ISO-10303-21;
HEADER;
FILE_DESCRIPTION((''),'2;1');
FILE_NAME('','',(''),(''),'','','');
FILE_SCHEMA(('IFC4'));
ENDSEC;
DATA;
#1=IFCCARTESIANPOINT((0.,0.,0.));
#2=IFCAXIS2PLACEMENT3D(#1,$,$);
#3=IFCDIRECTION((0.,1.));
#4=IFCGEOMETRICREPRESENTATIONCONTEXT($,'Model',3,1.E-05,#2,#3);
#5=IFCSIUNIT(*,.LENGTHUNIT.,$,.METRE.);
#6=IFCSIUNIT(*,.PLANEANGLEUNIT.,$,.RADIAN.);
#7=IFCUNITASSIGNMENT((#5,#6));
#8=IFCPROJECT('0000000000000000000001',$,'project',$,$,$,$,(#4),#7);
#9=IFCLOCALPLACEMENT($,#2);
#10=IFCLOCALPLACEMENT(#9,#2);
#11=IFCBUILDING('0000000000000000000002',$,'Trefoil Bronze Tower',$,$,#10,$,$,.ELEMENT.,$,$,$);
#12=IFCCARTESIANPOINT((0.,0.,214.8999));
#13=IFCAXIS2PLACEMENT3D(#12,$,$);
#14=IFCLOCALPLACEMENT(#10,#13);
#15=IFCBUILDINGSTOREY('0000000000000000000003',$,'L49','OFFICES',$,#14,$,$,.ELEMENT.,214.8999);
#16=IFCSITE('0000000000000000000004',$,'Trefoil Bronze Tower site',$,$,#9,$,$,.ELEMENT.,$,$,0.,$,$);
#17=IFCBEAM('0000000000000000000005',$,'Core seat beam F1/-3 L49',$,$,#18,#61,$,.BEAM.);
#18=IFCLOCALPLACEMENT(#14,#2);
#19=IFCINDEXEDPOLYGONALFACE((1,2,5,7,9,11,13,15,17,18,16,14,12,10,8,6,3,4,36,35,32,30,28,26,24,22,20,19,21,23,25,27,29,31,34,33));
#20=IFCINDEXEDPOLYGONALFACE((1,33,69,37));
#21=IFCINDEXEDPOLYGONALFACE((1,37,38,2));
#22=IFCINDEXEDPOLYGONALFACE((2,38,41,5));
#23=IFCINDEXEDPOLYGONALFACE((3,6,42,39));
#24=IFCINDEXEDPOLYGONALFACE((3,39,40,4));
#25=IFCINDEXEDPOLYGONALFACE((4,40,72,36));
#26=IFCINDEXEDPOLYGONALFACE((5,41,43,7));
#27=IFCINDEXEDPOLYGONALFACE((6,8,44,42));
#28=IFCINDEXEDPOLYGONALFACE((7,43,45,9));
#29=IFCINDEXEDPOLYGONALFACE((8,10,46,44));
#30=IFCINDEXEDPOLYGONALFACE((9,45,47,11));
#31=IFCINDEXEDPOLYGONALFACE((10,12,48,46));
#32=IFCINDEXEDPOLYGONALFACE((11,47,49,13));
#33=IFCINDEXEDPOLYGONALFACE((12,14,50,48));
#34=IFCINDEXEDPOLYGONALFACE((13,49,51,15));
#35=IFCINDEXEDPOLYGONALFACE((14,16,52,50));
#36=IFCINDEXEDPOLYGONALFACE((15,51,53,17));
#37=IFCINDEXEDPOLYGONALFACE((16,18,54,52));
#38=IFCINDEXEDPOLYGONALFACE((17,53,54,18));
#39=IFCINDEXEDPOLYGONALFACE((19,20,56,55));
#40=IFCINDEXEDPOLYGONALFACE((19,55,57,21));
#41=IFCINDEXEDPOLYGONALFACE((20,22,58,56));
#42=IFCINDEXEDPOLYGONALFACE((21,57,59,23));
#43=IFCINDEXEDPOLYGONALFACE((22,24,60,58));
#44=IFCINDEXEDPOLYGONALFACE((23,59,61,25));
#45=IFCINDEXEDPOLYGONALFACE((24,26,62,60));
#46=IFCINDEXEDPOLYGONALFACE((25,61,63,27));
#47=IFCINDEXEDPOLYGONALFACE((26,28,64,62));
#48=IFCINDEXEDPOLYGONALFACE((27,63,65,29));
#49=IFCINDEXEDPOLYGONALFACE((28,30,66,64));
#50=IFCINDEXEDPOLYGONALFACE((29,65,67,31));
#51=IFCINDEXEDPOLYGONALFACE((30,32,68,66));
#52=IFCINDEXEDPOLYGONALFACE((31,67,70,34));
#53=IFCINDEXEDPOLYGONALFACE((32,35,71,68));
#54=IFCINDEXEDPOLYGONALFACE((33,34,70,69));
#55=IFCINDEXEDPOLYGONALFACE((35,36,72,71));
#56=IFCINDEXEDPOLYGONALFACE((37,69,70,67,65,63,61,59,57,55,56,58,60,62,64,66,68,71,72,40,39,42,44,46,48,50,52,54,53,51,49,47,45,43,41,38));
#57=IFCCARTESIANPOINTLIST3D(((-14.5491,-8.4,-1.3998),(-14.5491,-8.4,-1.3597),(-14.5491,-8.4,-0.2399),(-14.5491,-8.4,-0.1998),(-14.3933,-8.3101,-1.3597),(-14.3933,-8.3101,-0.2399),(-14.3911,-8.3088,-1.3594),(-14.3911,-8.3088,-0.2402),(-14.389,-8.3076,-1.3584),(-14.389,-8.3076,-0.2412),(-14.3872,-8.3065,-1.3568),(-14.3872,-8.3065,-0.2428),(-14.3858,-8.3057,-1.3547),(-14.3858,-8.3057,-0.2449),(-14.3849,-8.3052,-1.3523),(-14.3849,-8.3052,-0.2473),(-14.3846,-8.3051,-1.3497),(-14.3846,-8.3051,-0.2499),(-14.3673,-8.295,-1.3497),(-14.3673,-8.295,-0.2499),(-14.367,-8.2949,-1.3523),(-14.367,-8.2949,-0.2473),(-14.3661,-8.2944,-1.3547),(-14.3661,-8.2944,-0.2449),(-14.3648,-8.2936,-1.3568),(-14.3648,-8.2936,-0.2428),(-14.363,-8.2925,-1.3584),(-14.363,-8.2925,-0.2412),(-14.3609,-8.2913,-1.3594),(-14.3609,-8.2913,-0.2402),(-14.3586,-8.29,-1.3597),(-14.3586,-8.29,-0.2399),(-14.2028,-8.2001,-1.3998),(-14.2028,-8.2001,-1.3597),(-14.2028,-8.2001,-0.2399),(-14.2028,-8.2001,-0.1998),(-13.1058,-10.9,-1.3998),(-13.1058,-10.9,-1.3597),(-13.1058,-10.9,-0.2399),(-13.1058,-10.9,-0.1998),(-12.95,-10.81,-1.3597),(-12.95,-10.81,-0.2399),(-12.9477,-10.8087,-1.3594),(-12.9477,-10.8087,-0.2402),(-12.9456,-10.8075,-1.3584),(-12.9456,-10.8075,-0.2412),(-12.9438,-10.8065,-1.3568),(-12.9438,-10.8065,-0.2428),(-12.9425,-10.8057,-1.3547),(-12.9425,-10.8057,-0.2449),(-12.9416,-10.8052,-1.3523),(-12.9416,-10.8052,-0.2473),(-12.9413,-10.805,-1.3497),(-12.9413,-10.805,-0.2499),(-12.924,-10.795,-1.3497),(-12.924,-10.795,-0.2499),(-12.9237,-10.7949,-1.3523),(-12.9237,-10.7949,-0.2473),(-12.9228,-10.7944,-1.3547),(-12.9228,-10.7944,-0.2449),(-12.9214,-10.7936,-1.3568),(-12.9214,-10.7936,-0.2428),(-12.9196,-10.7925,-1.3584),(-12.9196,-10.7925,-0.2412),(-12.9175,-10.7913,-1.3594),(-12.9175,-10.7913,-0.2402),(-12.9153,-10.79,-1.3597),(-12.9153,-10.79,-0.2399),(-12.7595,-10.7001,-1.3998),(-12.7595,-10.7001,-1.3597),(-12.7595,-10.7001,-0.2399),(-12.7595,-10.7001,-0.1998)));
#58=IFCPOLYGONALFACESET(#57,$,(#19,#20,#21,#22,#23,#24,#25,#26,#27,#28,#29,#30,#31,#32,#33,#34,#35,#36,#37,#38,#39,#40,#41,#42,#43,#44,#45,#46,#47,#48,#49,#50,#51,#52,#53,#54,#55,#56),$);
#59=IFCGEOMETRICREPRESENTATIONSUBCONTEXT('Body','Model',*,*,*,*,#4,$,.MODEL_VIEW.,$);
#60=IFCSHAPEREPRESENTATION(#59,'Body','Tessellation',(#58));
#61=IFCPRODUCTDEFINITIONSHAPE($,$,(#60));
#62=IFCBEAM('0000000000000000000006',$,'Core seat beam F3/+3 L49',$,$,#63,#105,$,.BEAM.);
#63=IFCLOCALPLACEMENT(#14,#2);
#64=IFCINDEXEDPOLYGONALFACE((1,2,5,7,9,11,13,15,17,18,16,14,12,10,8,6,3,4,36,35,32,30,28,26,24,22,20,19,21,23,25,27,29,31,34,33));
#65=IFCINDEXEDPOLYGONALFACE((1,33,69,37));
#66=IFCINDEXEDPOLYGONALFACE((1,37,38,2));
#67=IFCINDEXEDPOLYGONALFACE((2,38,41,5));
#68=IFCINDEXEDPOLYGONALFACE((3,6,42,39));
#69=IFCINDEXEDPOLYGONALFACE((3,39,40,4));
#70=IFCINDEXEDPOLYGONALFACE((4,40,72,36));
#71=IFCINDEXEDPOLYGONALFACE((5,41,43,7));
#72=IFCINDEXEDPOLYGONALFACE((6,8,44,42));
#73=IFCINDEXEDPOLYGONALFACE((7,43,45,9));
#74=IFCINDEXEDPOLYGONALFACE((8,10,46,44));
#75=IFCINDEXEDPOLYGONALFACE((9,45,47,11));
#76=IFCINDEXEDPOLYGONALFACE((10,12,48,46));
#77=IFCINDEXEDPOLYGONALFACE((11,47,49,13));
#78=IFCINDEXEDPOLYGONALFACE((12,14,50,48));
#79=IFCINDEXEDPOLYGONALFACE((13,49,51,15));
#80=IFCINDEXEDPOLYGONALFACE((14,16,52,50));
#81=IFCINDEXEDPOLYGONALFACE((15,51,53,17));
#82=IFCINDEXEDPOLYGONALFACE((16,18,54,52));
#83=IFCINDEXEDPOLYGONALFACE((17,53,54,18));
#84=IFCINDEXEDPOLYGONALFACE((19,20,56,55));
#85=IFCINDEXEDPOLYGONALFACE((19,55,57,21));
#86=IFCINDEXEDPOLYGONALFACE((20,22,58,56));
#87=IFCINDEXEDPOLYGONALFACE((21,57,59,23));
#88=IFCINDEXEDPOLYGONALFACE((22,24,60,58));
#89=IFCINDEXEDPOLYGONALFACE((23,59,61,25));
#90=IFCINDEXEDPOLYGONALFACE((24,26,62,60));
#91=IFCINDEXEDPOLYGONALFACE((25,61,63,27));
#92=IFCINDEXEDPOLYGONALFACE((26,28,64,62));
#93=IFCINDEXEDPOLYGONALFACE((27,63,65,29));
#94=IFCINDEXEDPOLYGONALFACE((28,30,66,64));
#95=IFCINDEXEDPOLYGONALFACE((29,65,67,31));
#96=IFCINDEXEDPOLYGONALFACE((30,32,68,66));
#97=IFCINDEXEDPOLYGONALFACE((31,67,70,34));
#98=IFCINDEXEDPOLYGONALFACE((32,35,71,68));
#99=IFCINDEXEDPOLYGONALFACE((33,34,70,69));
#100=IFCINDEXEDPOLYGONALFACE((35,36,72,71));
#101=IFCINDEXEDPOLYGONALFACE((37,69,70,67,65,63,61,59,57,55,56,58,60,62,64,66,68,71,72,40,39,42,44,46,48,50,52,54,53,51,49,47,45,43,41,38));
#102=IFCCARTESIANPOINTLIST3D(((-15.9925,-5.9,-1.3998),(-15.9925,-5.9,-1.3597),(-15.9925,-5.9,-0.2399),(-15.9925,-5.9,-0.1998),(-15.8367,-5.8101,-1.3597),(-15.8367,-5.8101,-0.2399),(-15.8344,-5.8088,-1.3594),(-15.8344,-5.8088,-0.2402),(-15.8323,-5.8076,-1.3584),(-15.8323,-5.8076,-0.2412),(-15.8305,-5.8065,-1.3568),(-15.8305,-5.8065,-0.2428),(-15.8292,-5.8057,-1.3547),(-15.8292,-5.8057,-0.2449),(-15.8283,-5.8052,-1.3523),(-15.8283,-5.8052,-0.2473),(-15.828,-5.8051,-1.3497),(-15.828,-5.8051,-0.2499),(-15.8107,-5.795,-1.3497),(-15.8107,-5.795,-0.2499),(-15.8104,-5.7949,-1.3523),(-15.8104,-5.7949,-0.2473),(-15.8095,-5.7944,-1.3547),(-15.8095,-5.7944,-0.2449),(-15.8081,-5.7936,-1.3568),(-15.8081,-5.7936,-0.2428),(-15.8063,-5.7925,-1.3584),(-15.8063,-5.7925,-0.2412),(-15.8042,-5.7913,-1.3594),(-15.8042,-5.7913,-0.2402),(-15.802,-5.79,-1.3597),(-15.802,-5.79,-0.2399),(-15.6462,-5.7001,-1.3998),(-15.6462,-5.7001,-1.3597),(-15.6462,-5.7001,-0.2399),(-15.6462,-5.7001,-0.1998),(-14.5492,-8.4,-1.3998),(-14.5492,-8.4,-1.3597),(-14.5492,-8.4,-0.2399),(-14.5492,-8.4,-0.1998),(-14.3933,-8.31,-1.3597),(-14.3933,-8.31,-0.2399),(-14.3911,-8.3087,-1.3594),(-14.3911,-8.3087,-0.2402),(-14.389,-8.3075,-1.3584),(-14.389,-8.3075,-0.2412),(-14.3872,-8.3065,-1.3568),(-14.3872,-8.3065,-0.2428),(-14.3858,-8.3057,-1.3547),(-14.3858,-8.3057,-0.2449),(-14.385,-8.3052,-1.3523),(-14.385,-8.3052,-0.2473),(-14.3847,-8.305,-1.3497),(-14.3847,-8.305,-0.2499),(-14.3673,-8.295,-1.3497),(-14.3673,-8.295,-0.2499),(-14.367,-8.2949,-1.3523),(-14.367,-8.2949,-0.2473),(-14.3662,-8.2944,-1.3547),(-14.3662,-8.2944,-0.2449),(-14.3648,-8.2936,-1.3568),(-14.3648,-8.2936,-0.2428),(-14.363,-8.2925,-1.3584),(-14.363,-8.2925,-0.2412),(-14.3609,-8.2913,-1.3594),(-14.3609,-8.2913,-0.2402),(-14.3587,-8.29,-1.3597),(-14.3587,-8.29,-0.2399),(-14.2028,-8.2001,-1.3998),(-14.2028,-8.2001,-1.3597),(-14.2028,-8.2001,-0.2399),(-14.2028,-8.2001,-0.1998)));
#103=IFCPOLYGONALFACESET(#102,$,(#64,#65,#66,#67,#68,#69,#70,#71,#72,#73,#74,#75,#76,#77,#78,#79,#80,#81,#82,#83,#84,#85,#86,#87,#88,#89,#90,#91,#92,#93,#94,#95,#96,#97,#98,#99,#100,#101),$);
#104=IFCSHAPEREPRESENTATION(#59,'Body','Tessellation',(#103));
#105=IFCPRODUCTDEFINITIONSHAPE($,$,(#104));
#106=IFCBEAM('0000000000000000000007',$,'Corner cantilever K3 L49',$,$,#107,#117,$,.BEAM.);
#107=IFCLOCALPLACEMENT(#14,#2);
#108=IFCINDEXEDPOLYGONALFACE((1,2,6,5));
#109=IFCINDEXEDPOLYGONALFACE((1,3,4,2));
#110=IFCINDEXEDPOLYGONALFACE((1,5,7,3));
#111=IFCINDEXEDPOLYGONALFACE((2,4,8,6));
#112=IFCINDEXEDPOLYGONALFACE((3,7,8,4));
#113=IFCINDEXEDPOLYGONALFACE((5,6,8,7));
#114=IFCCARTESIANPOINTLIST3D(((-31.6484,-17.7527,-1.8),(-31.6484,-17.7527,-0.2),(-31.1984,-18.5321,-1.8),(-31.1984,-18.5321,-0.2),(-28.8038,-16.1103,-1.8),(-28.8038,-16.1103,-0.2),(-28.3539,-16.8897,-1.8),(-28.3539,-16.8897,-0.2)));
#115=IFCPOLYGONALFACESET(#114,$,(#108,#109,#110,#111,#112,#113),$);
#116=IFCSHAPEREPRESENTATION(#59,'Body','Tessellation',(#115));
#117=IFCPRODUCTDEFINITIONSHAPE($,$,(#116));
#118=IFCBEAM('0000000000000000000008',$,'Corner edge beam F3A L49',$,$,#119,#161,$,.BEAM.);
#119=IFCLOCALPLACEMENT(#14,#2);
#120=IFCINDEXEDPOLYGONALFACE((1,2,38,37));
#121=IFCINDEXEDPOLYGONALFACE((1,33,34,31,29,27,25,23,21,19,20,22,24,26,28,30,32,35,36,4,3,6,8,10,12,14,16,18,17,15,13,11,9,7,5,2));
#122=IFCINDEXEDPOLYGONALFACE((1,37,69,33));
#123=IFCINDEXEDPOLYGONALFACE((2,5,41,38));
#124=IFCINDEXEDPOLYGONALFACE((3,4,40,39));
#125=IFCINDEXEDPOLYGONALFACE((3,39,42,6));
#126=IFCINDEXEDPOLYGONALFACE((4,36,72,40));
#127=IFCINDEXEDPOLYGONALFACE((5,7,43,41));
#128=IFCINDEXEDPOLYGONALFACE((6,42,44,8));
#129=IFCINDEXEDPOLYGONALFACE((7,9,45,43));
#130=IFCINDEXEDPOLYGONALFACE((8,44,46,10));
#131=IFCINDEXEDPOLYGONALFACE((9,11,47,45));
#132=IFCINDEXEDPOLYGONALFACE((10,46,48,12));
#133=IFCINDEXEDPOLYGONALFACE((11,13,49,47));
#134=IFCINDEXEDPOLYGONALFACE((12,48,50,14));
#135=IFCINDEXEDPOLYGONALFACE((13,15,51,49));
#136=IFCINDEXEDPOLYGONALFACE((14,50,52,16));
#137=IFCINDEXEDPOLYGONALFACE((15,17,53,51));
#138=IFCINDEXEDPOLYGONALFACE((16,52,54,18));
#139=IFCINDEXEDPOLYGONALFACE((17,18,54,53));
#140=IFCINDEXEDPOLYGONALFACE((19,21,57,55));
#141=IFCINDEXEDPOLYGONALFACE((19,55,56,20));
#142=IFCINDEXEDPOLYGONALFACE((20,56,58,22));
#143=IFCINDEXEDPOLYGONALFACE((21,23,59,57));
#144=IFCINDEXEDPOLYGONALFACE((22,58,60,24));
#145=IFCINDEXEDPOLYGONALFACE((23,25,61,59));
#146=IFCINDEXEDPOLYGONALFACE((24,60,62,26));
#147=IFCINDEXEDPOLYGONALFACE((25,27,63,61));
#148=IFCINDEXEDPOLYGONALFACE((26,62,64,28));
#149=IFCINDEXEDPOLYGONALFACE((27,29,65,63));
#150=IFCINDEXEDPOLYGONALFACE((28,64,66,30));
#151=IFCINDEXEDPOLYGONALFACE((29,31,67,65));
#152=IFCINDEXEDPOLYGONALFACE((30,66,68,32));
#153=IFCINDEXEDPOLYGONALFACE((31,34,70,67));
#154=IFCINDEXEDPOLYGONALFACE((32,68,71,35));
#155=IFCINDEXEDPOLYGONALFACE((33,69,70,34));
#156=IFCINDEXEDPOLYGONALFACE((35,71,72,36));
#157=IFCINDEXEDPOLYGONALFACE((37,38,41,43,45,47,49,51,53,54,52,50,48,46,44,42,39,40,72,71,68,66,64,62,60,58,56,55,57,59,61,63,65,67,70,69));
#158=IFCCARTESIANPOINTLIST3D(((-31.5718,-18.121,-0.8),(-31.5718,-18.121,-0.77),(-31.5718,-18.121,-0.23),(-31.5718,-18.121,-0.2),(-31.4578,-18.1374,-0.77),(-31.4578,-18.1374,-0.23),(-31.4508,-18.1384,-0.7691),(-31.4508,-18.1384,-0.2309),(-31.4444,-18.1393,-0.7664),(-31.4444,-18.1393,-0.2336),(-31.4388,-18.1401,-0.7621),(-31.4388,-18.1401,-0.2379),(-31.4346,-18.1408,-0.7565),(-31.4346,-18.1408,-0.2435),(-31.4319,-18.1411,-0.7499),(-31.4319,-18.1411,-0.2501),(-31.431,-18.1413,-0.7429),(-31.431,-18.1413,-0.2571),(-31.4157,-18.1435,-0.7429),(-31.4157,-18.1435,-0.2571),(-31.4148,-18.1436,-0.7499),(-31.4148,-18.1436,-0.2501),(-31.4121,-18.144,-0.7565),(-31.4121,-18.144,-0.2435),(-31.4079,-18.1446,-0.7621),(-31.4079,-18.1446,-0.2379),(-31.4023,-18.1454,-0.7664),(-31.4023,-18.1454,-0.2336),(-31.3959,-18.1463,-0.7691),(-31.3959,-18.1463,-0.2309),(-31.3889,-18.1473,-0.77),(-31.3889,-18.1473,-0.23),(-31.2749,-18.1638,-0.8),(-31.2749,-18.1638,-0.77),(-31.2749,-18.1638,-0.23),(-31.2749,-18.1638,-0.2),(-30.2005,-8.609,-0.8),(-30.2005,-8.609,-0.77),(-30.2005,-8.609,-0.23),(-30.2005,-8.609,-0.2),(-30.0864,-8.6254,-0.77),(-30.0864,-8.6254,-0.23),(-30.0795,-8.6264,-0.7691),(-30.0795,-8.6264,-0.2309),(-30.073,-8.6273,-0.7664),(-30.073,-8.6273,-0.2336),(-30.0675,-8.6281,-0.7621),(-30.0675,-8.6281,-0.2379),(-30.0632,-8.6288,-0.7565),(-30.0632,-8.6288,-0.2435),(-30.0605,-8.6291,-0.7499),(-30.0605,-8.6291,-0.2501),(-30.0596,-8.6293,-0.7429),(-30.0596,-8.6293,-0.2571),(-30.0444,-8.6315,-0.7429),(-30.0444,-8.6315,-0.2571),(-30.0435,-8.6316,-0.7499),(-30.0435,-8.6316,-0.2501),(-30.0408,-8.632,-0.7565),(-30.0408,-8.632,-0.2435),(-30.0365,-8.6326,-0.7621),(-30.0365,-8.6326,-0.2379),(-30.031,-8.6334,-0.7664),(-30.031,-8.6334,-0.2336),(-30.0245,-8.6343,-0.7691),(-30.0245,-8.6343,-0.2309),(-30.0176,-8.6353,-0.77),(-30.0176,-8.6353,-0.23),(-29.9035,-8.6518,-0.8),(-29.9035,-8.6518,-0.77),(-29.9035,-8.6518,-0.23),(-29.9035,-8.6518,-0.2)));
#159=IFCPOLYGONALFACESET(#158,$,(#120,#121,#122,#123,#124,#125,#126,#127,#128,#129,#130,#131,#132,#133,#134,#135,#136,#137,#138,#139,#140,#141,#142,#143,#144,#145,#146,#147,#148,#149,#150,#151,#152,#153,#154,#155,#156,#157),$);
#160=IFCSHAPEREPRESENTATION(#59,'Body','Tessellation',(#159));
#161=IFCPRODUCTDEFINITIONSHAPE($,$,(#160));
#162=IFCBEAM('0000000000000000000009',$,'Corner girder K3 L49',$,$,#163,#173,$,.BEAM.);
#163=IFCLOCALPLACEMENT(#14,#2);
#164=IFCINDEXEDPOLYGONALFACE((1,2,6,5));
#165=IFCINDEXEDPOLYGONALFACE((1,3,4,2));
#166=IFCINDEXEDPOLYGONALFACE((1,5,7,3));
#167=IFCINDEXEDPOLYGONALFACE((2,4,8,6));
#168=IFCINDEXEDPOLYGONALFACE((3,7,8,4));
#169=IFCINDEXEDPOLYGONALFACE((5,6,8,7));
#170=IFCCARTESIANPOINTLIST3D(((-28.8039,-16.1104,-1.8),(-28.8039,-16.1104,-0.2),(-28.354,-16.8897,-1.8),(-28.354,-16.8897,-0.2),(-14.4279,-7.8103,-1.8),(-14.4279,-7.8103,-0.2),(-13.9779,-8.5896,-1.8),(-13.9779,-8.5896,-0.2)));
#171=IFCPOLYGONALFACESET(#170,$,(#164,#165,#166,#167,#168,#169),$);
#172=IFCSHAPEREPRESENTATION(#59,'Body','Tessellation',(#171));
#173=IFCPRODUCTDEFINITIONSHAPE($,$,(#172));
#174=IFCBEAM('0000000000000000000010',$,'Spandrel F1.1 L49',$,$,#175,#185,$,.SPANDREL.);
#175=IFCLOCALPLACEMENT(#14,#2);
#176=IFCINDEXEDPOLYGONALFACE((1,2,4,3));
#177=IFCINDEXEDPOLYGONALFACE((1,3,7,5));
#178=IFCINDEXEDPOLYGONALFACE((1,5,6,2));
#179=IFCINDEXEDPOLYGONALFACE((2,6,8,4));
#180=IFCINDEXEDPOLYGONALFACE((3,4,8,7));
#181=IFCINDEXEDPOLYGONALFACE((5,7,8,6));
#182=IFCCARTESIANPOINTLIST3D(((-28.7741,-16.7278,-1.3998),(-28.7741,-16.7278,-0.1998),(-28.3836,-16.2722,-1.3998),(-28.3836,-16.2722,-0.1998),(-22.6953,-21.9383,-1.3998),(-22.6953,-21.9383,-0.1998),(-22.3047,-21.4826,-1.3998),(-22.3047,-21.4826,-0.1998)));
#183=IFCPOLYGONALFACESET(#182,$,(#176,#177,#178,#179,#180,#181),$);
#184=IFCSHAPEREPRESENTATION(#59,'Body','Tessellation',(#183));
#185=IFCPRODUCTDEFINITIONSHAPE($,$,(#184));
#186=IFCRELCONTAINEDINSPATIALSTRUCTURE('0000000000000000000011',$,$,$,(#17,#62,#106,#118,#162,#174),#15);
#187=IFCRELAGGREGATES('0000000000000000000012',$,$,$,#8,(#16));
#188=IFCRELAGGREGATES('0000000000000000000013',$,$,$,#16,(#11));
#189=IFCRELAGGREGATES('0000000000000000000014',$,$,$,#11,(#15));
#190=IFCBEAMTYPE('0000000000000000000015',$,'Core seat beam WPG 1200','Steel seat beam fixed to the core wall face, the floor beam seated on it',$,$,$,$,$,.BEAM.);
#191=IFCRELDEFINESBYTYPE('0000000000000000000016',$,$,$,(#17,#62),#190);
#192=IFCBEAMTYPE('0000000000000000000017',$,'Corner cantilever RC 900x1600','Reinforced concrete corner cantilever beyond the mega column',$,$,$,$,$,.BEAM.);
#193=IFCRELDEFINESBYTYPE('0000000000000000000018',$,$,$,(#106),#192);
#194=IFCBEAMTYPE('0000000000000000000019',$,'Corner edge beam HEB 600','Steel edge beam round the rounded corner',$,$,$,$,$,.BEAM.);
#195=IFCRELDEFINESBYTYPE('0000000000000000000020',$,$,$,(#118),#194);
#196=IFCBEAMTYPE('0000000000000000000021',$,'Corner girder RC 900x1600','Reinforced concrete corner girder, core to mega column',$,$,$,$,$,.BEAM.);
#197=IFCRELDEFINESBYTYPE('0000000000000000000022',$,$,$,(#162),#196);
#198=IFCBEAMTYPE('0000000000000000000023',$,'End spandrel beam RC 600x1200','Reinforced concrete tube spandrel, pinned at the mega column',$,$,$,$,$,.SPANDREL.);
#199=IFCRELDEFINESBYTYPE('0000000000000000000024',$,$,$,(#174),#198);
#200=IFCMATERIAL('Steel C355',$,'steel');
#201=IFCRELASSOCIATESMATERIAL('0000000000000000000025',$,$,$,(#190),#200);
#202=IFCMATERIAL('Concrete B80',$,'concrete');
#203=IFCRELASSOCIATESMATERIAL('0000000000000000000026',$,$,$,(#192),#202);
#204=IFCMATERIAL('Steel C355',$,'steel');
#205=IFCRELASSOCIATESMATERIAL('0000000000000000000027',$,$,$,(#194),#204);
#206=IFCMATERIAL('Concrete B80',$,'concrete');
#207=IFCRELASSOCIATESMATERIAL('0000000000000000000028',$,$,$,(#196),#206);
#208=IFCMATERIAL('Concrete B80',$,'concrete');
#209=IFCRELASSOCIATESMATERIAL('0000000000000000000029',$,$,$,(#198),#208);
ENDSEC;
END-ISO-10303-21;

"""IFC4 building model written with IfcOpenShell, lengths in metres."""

from ifc_helpers import new_model, si_unit, direction, frame, origin, origin_2d, place, context, subcontext, project, spatial, rectangle, i_section, extrude, material, material_profile, profile_set, type_object, element, save


model = new_model("IFC4")

# Units and contexts
model_context = context("Model", 3, precision=1e-05, world=origin(), true_north=direction((0.0, 1.0)))
body_context = subcontext(model_context, "Body", "Model", "MODEL_VIEW")
ifc_project = project(units=[si_unit("LENGTHUNIT", "METRE"), si_unit("PLANEANGLEUNIT", "RADIAN")], contexts=[model_context])

# Site, building, storey
site_placement = place(None, origin())
site = spatial("IfcSite", under=ifc_project, at=site_placement, Name="Trefoil Bronze Tower site", CompositionType="ELEMENT", RefElevation=0.0)
building_placement = place(site_placement, origin())
building = spatial("IfcBuilding", under=site, at=building_placement, Name="Trefoil Bronze Tower", CompositionType="ELEMENT")
storey_placement = place(building_placement, frame((0.0, 0.0, 214.8999)))
storey = spatial("IfcBuildingStorey", under=building, at=storey_placement, Name="L49", Description="OFFICES", CompositionType="ELEMENT", Elevation=214.8999)

# Beams
ifc_material_1 = material(Name="Steel C355", Category="steel")
ifc_material_profile_1 = material_profile(ifc_material_1, i_section(OverallWidth=0.3999, OverallDepth=1.2, WebThickness=0.02, FlangeThickness=0.04, FilletRadius=0.01, at=origin_2d()), Name="WPG 1200")
ifc_profile_set_1 = profile_set([ifc_material_profile_1], Name="Steel C355")
beam_type_1 = type_object("IfcBeamType", Name="Core seat beam WPG 1200", Description="Steel seat beam fixed to the core wall face, the floor beam seated on it", PredefinedType="BEAM", material=ifc_profile_set_1)
for number, where, z_axis, x_axis, name in (
    (1, (-14.376, -8.3, -0.7998), (0.499996, -0.866028, 0.0), (0.866028, 0.499996, 0.0), "Core seat beam F1/-3 L49"),
    (2, (-15.8193, -5.8, -0.7998), (0.499996, -0.866028, 0.0), (0.866028, 0.499996, 0.0), "Core seat beam F3/+3 L49"),
):
    element("IfcBeam", number, at=place(storey_placement, frame(where, z_axis=z_axis, x_axis=x_axis)), inside=storey, type_object=beam_type_1, Name=name, PredefinedType="BEAM", context=body_context, shape_type="SweptSolid", body=[
        extrude(i_section(OverallWidth=0.3999, OverallDepth=1.2, WebThickness=0.02, FlangeThickness=0.04, FilletRadius=0.01, at=origin_2d()), origin(), (0.0, 0.0, 1.0), 2.8867),
    ])
ifc_material_2 = material(Name="Concrete B80", Category="concrete")
ifc_material_profile_2 = material_profile(ifc_material_2, rectangle(XDim=0.8999, YDim=1.6001, at=origin_2d()), Name="RC 900x1600")
ifc_profile_set_2 = profile_set([ifc_material_profile_2], Name="Concrete B80")
beam_type_2 = type_object("IfcBeamType", Name="Corner cantilever RC 900x1600", Description="Reinforced concrete corner cantilever beyond the mega column", PredefinedType="BEAM", material=ifc_profile_set_2)
beam_1_placement = place(storey_placement, frame((-28.5789, -16.5, -1.0), z_axis=(-0.866016, -0.500016, 0.0), x_axis=(0.500016, -0.866016, 0.0)))
element("IfcBeam", 3, at=beam_1_placement, inside=storey, type_object=beam_type_2, Name="Corner cantilever K3 L49", PredefinedType="BEAM", context=body_context, shape_type="SweptSolid", body=[
    extrude(rectangle(XDim=0.8999, YDim=1.6001, at=origin_2d()), origin(), (0.0, 0.0, 1.0), 3.2847),
])
ifc_material_3 = material(Name="Steel C355", Category="steel")
ifc_material_profile_3 = material_profile(ifc_material_3, i_section(OverallWidth=0.3, OverallDepth=0.6001, WebThickness=0.0154, FlangeThickness=0.03, FilletRadius=0.0271, at=origin_2d()), Name="HEB 600")
ifc_profile_set_3 = profile_set([ifc_material_profile_3], Name="Steel C355")
beam_type_3 = type_object("IfcBeamType", Name="Corner edge beam HEB 600", Description="Steel edge beam round the rounded corner", PredefinedType="BEAM", material=ifc_profile_set_3)
beam_2_placement = place(storey_placement, frame((-30.052, -8.6304, -0.5), z_axis=(-0.142694, -0.989767, 0.0), x_axis=(0.989767, -0.142694, 0.0)))
element("IfcBeam", 4, at=beam_2_placement, inside=storey, type_object=beam_type_3, Name="Corner edge beam F3A L49", PredefinedType="BEAM", context=body_context, shape_type="SweptSolid", body=[
    extrude(i_section(OverallWidth=0.3, OverallDepth=0.6001, WebThickness=0.0154, FlangeThickness=0.03, FilletRadius=0.0271, at=origin_2d()), origin(), (0.0, 0.0, 1.0), 9.6104),
])
ifc_material_4 = material(Name="Concrete B80", Category="concrete")
ifc_material_profile_4 = material_profile(ifc_material_4, rectangle(XDim=0.8999, YDim=1.6001, at=origin_2d()), Name="RC 900x1600")
ifc_profile_set_4 = profile_set([ifc_material_profile_4], Name="Concrete B80")
beam_type_4 = type_object("IfcBeamType", Name="Corner girder RC 900x1600", Description="Reinforced concrete corner girder, core to mega column", PredefinedType="BEAM", material=ifc_profile_set_4)
beam_3_placement = place(storey_placement, frame((-14.2029, -8.2, -1.0), z_axis=(-0.866023, -0.500003, 0.0), x_axis=(0.500003, -0.866023, 0.0)))
element("IfcBeam", 5, at=beam_3_placement, inside=storey, type_object=beam_type_4, Name="Corner girder K3 L49", PredefinedType="BEAM", context=body_context, shape_type="SweptSolid", body=[
    extrude(rectangle(XDim=0.8999, YDim=1.6001, at=origin_2d()), origin(), (0.0, 0.0, 1.0), 16.6001),
])
ifc_material_5 = material(Name="Concrete B80", Category="concrete")
ifc_material_profile_5 = material_profile(ifc_material_5, rectangle(XDim=0.6001, YDim=1.2, at=origin_2d()), Name="RC 600x1200")
ifc_profile_set_5 = profile_set([ifc_material_profile_5], Name="Concrete B80")
beam_type_5 = type_object("IfcBeamType", Name="End spandrel beam RC 600x1200", Description="Reinforced concrete tube spandrel, pinned at the mega column", PredefinedType="SPANDREL", material=ifc_profile_set_5)
for number, where, z_axis, x_axis, name in (
    (6, (-28.5789, -16.5, -0.7998), (0.759257, -0.650791, 0.0), (0.650791, 0.759257, 0.0), "Spandrel F1.1 L49"),
):
    element("IfcBeam", number, at=place(storey_placement, frame(where, z_axis=z_axis, x_axis=x_axis)), inside=storey, type_object=beam_type_5, Name=name, PredefinedType="SPANDREL", context=body_context, shape_type="SweptSolid", body=[
        extrude(rectangle(XDim=0.6001, YDim=1.2, at=origin_2d()), origin(), (0.0, 0.0, 1.0), 8.0063),
    ])

save(model, "model.ifc")
